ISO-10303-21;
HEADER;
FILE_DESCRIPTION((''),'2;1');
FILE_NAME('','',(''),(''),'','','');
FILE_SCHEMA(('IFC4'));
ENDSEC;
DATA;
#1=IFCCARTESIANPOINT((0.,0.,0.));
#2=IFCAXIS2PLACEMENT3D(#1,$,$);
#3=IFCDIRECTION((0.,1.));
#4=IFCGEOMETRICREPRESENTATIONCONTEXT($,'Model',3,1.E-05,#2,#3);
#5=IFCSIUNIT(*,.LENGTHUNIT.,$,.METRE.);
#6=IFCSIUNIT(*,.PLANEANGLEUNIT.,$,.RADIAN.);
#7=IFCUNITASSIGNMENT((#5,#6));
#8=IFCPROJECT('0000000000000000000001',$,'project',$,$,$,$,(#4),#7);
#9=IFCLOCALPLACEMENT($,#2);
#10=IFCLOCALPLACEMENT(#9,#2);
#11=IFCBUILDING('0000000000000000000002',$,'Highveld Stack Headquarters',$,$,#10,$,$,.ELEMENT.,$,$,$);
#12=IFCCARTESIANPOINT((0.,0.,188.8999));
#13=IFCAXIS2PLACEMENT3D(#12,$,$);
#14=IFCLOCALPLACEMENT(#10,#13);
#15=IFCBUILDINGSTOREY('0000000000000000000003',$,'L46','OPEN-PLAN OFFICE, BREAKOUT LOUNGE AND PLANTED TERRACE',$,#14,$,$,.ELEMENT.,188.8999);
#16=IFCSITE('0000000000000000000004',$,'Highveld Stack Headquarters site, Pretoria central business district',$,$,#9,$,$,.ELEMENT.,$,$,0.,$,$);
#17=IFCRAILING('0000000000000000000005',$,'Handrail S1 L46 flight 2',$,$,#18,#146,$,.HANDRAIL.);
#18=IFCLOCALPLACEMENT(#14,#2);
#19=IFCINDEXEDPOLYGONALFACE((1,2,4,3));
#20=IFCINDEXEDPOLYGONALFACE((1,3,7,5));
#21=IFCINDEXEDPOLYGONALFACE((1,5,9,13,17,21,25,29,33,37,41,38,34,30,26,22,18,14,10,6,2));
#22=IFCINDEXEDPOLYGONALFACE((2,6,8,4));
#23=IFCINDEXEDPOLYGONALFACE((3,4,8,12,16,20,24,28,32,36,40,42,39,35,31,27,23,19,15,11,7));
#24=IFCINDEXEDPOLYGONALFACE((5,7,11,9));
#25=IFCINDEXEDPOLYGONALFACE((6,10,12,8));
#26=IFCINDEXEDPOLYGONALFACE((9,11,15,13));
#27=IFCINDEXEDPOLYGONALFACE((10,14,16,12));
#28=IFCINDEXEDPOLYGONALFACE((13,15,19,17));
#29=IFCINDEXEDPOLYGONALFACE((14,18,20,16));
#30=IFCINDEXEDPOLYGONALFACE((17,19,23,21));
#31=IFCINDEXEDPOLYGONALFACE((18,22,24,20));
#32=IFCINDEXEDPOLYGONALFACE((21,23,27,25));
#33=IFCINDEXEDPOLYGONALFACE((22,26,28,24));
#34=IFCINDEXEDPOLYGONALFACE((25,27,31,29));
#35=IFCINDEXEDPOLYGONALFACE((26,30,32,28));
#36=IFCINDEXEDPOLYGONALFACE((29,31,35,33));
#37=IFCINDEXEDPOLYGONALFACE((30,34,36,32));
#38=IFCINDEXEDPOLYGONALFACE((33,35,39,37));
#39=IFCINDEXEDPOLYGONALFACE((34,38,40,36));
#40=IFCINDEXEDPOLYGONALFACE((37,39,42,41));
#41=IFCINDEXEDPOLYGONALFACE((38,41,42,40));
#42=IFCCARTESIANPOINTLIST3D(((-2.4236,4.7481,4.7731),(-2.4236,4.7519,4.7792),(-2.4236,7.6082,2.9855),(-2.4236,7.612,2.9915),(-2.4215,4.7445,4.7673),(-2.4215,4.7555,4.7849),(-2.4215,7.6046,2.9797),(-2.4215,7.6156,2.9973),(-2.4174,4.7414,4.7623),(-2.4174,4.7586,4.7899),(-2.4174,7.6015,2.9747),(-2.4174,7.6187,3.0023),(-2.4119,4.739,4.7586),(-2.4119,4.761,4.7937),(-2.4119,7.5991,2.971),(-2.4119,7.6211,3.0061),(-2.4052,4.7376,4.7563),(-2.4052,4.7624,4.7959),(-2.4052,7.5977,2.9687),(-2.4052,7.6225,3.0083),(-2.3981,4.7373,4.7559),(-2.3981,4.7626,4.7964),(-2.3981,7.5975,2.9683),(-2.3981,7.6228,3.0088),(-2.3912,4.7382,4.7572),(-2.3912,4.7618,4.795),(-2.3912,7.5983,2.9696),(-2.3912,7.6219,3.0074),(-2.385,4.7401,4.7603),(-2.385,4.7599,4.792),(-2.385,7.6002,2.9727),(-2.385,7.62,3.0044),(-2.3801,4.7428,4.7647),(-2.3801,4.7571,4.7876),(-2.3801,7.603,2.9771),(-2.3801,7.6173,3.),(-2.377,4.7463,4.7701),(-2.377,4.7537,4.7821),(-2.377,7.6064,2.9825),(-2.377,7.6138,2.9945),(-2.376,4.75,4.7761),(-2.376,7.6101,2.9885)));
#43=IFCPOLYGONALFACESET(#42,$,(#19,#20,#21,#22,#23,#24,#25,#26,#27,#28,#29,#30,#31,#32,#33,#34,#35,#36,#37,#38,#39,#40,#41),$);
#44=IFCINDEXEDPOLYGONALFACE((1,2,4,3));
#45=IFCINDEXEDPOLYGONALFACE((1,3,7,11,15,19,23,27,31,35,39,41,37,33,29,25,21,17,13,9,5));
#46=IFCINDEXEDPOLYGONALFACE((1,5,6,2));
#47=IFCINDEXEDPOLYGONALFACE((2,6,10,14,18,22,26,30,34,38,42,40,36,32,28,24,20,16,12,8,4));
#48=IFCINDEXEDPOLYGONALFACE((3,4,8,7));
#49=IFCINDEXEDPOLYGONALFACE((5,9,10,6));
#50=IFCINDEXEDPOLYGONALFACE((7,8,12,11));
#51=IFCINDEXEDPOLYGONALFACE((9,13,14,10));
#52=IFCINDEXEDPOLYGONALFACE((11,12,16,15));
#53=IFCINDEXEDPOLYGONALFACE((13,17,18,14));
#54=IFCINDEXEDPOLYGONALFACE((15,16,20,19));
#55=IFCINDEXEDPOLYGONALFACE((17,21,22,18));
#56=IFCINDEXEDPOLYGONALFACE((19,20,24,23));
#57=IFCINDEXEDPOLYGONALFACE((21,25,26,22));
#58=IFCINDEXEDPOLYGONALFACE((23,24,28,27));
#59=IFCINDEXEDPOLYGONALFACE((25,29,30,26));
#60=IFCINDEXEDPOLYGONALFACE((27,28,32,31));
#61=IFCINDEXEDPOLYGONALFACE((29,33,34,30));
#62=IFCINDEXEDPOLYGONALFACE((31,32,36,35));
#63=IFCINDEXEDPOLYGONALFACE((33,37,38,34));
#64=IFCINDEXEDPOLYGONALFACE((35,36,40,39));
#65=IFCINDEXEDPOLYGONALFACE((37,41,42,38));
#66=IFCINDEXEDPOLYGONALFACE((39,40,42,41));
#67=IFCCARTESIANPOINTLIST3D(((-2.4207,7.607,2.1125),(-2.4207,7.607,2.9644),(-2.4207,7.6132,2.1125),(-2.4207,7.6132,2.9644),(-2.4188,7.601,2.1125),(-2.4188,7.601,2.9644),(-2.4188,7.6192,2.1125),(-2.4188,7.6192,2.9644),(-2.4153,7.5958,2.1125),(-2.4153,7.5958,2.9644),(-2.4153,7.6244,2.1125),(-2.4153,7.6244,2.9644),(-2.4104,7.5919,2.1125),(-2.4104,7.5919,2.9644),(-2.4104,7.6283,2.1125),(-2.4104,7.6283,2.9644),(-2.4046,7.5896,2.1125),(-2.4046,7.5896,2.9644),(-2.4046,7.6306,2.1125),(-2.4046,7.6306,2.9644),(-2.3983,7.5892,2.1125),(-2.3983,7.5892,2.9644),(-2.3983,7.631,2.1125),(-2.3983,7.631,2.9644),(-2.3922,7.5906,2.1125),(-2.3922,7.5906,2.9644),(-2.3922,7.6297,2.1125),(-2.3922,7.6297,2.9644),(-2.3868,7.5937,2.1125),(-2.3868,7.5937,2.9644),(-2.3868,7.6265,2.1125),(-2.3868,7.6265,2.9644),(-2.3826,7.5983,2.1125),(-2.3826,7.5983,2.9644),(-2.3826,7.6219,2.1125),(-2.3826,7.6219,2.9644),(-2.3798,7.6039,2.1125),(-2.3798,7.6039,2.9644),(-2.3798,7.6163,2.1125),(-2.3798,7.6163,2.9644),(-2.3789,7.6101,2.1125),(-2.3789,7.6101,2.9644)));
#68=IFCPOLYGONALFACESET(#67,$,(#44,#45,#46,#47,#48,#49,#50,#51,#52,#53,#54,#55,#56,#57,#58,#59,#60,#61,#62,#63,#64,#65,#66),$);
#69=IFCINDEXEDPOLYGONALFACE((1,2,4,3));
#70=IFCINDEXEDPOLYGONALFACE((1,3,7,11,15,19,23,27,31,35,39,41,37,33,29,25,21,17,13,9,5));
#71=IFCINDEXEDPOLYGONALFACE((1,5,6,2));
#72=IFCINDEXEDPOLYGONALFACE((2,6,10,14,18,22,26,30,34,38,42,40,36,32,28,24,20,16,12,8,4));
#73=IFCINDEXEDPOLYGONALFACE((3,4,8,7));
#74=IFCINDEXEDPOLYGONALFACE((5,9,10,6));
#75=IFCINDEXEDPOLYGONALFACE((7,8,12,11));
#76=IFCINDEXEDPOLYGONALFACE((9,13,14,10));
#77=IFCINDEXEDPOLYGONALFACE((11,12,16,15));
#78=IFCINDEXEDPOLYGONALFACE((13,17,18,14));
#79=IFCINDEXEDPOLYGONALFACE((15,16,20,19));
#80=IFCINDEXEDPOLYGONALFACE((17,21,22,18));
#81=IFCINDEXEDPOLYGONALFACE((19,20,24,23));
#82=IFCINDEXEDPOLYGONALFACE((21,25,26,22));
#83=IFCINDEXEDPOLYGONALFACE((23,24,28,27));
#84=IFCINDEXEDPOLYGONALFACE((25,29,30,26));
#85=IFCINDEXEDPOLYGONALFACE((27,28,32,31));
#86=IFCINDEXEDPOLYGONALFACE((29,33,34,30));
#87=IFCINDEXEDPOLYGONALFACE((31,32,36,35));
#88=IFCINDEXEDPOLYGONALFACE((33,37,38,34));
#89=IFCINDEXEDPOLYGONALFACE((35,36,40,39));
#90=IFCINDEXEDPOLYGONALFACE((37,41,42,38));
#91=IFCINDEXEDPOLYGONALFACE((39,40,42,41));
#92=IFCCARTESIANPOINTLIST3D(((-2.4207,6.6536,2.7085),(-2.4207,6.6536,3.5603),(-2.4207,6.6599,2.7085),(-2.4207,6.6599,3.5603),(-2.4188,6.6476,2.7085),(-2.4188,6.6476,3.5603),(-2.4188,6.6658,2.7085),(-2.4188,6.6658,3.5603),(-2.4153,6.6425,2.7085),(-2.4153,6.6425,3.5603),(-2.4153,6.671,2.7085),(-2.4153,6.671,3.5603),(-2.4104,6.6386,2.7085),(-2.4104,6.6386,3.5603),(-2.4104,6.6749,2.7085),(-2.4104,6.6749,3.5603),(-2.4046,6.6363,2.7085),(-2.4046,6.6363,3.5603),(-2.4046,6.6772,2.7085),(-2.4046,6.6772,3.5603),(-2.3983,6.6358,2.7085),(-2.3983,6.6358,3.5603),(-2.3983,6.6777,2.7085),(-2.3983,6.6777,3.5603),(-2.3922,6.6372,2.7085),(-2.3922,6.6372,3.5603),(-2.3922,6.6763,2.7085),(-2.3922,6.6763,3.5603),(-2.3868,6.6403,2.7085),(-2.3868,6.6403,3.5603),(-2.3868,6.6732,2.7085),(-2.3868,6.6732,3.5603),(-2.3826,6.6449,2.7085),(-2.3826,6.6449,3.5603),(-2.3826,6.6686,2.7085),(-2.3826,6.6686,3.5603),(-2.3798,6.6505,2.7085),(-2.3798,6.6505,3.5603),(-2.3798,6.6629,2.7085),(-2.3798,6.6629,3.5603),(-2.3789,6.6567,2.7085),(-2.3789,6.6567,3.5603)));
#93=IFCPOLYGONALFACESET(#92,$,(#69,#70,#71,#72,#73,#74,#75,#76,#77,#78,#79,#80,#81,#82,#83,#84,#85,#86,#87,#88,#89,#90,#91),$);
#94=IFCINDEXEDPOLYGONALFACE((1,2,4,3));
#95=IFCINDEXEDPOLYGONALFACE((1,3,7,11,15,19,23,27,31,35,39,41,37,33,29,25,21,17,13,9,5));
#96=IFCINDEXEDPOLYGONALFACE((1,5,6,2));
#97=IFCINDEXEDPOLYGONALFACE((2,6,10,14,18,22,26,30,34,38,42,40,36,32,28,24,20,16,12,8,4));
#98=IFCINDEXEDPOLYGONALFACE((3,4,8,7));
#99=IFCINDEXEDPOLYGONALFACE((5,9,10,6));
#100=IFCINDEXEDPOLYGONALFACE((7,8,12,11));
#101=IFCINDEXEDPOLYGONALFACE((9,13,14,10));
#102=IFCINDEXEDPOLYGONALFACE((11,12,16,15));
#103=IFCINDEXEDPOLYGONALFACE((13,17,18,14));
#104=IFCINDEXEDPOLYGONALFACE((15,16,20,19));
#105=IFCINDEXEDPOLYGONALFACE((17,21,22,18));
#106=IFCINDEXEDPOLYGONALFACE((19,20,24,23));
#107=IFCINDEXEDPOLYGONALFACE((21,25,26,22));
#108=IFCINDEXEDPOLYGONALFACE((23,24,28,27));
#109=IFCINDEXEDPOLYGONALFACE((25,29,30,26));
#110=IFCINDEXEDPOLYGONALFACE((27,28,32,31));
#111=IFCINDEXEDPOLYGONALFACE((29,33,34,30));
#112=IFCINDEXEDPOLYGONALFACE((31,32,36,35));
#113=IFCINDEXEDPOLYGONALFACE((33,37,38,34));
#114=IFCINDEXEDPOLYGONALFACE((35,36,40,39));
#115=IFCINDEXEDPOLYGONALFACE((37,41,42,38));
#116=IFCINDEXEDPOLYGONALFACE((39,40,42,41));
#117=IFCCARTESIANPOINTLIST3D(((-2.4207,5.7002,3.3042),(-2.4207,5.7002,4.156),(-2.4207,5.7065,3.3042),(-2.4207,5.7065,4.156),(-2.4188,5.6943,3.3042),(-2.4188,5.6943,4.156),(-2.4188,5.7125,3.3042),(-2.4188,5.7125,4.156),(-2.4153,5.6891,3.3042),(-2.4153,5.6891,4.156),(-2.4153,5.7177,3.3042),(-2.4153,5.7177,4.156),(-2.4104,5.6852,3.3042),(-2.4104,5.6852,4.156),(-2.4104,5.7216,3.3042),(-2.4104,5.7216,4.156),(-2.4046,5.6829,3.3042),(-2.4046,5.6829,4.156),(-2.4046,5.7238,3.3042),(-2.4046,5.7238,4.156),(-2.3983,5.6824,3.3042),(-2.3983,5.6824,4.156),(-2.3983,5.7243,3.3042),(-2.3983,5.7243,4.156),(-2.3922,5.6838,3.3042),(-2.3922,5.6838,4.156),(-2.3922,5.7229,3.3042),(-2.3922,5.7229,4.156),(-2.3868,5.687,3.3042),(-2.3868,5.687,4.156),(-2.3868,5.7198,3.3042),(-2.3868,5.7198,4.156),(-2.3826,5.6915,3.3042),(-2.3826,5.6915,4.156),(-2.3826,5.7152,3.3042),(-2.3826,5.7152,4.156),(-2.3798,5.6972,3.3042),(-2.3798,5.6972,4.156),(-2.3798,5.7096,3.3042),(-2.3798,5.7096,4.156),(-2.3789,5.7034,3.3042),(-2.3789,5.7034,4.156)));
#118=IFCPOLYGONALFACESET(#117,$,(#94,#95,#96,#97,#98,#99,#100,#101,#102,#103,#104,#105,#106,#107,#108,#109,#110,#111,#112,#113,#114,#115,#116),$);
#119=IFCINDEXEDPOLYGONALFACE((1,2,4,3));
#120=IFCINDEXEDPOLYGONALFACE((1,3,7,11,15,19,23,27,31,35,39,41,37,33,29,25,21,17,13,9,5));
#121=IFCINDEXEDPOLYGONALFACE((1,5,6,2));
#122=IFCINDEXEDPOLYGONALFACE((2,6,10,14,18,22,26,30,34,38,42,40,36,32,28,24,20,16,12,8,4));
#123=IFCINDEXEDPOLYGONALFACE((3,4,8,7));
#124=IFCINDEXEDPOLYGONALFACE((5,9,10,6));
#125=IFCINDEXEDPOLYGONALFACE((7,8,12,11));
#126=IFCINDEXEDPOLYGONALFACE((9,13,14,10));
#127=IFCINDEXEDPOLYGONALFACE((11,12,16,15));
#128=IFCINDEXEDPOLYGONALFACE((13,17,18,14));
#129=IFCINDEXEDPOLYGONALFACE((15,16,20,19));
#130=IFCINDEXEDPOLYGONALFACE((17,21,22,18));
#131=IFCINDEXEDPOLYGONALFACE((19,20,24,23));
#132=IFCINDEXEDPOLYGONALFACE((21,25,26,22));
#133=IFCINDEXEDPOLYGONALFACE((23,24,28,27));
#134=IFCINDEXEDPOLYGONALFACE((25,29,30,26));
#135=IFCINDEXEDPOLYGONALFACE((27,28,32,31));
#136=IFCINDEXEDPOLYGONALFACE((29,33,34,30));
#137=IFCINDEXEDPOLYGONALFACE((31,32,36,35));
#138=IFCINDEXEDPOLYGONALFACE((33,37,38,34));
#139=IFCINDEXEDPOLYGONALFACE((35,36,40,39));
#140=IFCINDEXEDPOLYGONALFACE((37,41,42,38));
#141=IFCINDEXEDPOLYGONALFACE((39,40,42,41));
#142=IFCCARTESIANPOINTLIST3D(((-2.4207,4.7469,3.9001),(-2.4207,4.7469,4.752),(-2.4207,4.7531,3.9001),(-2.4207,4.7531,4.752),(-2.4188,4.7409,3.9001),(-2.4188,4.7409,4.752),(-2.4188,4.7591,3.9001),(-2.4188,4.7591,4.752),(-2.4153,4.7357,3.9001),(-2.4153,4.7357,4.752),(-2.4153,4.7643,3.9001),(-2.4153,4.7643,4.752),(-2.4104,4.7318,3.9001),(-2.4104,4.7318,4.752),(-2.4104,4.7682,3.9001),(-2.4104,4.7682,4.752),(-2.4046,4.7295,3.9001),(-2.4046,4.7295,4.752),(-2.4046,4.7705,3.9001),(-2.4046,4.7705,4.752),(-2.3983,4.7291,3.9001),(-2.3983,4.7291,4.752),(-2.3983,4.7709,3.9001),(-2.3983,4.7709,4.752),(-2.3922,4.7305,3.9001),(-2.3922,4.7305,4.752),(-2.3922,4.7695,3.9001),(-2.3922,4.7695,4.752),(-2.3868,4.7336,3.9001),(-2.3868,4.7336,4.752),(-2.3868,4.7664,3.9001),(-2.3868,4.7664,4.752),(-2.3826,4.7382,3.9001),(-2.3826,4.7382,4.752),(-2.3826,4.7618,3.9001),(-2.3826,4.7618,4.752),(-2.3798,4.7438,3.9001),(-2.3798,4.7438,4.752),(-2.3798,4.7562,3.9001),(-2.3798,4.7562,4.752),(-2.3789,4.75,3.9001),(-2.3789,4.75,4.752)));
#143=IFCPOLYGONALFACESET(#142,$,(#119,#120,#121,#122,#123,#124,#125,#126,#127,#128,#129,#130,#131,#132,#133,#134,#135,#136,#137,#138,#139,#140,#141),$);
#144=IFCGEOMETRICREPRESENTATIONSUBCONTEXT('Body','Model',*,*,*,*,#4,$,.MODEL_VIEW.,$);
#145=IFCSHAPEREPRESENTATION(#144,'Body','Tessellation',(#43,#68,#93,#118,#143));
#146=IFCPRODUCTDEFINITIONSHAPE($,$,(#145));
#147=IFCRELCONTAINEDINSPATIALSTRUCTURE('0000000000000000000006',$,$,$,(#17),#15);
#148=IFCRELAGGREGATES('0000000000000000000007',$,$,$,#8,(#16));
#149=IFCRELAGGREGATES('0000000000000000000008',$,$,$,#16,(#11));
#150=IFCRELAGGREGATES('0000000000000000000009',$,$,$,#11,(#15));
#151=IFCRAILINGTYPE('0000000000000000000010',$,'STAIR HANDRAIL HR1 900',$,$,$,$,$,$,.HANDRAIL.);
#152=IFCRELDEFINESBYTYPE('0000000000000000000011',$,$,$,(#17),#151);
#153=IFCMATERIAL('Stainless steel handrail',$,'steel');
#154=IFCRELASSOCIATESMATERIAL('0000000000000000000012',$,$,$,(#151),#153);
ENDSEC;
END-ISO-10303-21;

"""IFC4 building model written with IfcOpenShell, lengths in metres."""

from ifc_helpers import new_model, si_unit, direction, frame, origin, origin_2d, place, context, subcontext, project, spatial, circle, extrude, material, type_object, element, save


model = new_model("IFC4")

# Units and contexts
model_context = context("Model", 3, precision=1e-05, world=origin(), true_north=direction((0.0, 1.0)))
body_context = subcontext(model_context, "Body", "Model", "MODEL_VIEW")
ifc_project = project(units=[si_unit("LENGTHUNIT", "METRE"), si_unit("PLANEANGLEUNIT", "RADIAN")], contexts=[model_context])

# Site, building, storey
site_placement = place(None, origin())
site = spatial("IfcSite", under=ifc_project, at=site_placement, Name="Highveld Stack Headquarters site, Pretoria central business district", CompositionType="ELEMENT", RefElevation=0.0)
building_placement = place(site_placement, origin())
building = spatial("IfcBuilding", under=site, at=building_placement, Name="Highveld Stack Headquarters", CompositionType="ELEMENT")
storey_placement = place(building_placement, frame((0.0, 0.0, 188.8999)))
storey = spatial("IfcBuildingStorey", under=building, at=storey_placement, Name="L46", Description="OPEN-PLAN OFFICE, BREAKOUT LOUNGE AND PLANTED TERRACE", CompositionType="ELEMENT", Elevation=188.8999)

# Railing
ifc_material_1 = material(Name="Stainless steel handrail", Category="steel")
railing_type = type_object("IfcRailingType", Name="STAIR HANDRAIL HR1 900", PredefinedType="HANDRAIL", material=ifc_material_1)
for number, where, name in (
    (1, (-2.3999, 7.6101, 2.1125), "Handrail S1 L46 flight 2"),
):
    element("IfcRailing", number, at=place(storey_placement, frame(where)), inside=storey, type_object=railing_type, Name=name, PredefinedType="HANDRAIL", context=body_context, shape_type="SweptSolid", body=[
        extrude(circle(Radius=0.0239, at=origin_2d()), frame((0.0, 0.0, 0.876), z_axis=(0.0, -0.847994, 0.530005), x_axis=(1.0, 0.0, 0.0)), (0.0, 0.0, 1.0), 3.3728),
        extrude(circle(Radius=0.021, at=origin_2d()), origin(), (0.0, 0.0, 1.0), 0.8518),
        extrude(circle(Radius=0.021, at=origin_2d()), frame((0.0, -0.9534, 0.5959)), (0.0, 0.0, 1.0), 0.8518),
        extrude(circle(Radius=0.021, at=origin_2d()), frame((0.0, -1.9067, 1.1917)), (0.0, 0.0, 1.0), 0.8518),
        extrude(circle(Radius=0.021, at=origin_2d()), frame((0.0, -2.8601, 1.7876)), (0.0, 0.0, 1.0), 0.8518),
    ])

save(model, "model.ifc")
